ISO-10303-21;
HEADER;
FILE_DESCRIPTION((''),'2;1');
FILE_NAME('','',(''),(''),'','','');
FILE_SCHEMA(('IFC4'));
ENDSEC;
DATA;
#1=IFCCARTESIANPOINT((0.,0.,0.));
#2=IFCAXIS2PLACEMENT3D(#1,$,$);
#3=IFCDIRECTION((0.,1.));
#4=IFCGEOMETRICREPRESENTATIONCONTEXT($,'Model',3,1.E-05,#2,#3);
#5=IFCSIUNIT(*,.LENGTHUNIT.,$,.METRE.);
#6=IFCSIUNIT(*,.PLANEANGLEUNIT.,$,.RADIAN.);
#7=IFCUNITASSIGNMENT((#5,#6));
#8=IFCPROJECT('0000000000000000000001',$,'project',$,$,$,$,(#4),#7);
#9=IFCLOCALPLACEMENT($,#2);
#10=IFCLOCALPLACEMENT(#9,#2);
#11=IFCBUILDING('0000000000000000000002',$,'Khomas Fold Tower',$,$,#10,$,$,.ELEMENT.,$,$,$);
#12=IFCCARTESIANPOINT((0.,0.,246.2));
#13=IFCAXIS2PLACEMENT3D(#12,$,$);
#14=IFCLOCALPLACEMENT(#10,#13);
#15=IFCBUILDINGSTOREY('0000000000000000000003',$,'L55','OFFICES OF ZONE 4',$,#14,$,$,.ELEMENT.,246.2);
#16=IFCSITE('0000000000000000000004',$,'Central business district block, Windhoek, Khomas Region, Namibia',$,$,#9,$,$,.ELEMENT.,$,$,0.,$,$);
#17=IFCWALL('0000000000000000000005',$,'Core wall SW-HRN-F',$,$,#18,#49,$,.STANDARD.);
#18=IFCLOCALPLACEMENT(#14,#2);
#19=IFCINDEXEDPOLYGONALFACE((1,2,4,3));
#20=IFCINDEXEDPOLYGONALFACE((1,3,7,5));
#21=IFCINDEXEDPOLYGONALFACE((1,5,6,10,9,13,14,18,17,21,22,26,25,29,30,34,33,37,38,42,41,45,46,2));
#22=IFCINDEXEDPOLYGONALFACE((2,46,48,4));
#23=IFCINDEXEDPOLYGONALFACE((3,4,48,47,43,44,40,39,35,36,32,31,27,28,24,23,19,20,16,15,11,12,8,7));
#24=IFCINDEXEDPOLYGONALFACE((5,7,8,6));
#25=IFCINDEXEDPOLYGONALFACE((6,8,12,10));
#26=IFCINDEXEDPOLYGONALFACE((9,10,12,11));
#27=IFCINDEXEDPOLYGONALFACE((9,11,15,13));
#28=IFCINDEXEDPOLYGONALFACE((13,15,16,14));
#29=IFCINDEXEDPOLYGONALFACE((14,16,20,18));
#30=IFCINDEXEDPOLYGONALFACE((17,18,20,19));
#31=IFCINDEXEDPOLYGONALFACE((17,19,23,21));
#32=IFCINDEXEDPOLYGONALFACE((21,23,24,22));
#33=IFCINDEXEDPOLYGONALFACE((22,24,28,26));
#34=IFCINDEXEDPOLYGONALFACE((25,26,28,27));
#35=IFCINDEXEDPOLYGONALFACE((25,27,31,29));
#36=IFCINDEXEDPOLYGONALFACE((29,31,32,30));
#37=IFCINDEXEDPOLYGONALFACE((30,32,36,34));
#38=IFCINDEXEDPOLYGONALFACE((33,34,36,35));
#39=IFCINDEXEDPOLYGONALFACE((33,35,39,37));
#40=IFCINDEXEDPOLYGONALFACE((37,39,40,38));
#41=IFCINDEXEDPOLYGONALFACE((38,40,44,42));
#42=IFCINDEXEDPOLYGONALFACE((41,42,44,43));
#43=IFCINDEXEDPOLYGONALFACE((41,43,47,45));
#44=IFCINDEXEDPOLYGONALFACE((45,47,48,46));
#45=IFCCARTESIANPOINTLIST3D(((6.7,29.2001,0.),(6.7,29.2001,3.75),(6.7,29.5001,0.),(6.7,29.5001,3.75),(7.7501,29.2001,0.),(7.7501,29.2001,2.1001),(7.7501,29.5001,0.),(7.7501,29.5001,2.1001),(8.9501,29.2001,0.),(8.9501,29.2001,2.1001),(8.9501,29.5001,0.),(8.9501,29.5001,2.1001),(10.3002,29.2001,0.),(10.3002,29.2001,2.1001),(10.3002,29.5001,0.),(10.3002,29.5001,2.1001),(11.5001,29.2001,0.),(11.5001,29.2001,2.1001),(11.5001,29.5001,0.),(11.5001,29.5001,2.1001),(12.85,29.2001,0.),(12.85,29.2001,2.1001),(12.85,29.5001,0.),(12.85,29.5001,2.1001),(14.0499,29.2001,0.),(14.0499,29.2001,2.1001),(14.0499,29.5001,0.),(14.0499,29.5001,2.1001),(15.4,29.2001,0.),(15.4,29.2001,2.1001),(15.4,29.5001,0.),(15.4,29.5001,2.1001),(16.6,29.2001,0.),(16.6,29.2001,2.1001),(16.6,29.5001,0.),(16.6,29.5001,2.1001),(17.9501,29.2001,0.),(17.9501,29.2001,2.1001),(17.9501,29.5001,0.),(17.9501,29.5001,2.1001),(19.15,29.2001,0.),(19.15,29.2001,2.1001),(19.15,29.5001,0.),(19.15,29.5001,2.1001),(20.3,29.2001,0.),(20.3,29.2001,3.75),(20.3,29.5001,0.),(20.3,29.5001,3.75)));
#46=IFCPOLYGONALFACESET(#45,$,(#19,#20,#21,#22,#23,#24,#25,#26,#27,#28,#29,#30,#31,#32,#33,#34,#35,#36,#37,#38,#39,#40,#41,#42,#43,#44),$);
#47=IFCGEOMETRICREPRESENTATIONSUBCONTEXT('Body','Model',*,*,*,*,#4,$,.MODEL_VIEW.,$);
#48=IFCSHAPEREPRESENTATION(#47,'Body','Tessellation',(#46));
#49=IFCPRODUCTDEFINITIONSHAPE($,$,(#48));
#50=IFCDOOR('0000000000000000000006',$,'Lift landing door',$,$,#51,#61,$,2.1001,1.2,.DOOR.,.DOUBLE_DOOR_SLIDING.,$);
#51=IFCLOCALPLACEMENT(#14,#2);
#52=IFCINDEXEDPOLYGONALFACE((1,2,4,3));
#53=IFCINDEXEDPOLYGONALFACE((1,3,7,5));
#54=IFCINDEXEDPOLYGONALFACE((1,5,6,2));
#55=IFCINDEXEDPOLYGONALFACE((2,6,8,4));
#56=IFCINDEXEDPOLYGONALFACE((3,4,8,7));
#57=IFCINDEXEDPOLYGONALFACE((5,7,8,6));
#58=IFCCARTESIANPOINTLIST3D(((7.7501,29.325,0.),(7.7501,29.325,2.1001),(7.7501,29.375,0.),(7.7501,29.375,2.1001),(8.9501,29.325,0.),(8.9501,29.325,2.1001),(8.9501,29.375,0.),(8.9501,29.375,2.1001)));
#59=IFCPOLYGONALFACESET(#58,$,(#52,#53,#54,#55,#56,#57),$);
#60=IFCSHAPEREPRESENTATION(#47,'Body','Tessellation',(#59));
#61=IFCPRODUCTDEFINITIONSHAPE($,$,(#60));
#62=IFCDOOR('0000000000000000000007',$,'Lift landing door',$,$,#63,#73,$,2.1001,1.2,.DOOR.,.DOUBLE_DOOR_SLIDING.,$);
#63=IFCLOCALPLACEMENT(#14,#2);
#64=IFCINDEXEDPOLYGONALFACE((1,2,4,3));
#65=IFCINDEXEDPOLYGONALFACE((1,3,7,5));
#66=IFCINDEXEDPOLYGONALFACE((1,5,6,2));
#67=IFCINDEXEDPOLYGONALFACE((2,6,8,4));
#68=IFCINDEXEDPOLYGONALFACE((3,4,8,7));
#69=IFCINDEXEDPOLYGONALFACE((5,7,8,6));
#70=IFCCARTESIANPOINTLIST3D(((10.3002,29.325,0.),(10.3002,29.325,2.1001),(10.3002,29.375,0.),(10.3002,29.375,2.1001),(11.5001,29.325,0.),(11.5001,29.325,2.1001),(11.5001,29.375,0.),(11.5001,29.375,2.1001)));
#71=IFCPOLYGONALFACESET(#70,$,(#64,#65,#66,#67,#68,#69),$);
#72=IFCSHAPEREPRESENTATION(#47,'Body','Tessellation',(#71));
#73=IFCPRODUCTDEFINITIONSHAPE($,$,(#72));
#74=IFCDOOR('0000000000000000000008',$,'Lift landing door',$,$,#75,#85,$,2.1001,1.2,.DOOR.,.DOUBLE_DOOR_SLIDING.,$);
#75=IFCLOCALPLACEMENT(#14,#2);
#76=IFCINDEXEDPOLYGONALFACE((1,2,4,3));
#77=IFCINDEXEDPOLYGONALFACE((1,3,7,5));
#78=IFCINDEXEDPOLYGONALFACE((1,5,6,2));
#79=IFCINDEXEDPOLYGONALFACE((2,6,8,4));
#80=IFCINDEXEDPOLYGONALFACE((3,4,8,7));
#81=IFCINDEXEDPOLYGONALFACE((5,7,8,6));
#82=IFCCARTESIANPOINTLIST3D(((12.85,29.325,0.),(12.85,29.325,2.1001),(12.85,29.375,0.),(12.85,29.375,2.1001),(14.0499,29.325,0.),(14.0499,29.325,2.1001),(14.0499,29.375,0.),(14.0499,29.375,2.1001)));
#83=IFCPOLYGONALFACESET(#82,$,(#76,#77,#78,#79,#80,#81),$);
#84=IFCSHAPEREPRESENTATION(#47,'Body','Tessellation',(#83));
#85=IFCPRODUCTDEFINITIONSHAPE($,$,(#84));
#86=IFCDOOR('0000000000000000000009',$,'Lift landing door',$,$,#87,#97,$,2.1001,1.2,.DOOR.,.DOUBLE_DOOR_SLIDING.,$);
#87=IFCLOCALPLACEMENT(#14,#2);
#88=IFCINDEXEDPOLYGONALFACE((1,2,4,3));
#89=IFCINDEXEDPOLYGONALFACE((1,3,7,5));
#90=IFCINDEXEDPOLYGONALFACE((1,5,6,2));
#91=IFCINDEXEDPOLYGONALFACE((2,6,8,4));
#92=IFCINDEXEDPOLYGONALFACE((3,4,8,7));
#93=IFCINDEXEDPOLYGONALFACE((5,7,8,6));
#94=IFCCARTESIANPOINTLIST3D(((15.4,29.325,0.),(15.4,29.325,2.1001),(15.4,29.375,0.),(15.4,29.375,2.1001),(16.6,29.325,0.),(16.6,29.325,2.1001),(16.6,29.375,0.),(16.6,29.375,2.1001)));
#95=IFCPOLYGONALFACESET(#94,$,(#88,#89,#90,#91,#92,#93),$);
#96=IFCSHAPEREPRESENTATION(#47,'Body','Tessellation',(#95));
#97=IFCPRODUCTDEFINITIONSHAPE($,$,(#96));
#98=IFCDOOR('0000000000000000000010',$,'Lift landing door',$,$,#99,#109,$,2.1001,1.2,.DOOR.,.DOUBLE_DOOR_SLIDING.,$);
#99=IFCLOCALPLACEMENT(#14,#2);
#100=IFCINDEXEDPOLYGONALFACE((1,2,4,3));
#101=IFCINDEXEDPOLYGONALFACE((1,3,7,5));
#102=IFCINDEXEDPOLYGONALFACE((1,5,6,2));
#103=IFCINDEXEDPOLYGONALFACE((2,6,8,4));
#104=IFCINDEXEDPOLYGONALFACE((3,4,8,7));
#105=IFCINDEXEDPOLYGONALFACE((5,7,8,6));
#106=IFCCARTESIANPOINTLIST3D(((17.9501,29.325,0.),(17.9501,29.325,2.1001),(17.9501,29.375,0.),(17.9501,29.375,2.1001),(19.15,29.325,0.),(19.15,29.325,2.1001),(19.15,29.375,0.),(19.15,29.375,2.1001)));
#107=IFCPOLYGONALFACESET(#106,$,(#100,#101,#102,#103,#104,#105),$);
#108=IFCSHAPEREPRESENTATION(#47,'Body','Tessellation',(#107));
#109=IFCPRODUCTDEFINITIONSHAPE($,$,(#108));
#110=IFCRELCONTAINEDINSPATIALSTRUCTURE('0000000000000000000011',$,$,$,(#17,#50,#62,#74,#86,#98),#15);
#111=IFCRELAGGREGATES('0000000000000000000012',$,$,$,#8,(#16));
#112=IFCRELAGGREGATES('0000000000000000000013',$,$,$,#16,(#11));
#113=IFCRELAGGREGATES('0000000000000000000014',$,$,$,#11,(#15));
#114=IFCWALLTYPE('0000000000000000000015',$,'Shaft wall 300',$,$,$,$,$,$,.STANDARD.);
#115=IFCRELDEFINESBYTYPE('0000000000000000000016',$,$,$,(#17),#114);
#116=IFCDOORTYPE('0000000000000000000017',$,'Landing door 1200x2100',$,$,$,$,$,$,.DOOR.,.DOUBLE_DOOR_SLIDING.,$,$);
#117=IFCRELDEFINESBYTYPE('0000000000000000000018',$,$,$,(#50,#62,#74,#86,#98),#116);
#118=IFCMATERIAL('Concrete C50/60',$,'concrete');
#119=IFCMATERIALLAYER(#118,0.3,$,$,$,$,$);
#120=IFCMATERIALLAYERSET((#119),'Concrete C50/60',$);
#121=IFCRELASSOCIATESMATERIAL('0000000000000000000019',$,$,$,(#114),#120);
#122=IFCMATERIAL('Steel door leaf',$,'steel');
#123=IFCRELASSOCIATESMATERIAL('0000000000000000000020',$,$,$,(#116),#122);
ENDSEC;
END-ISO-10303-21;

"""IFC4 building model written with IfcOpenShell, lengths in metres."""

from ifc_helpers import new_model, si_unit, direction, frame, frame_2d, origin, place, context, subcontext, project, spatial, rectangle, extrude, source, transform, mapped, material, layer, layer_set, type_object, element, fill, save


model = new_model("IFC4")

# Units and contexts
model_context = context("Model", 3, precision=1e-05, world=origin(), true_north=direction((0.0, 1.0)))
body_context = subcontext(model_context, "Body", "Model", "MODEL_VIEW")
ifc_project = project(units=[si_unit("LENGTHUNIT", "METRE"), si_unit("PLANEANGLEUNIT", "RADIAN")], contexts=[model_context])

# Site, building, storey
site_placement = place(None, origin())
site = spatial("IfcSite", under=ifc_project, at=site_placement, Name="Central business district block, Windhoek, Khomas Region, Namibia", CompositionType="ELEMENT", RefElevation=0.0)
building_placement = place(site_placement, origin())
building = spatial("IfcBuilding", under=site, at=building_placement, Name="Khomas Fold Tower", CompositionType="ELEMENT")
storey_placement = place(building_placement, frame((0.0, 0.0, 246.2)))
storey = spatial("IfcBuildingStorey", under=building, at=storey_placement, Name="L55", Description="OFFICES OF ZONE 4", CompositionType="ELEMENT", Elevation=246.2)

# Shared definitions
ifc_material_1 = material(Name="Concrete C50/60", Category="concrete")
ifc_layer_1 = layer(ifc_material_1, 0.3)
ifc_layer_set_1 = layer_set([ifc_layer_1], Name="Concrete C50/60")
wall_type_1 = type_object("IfcWallType", Name="Shaft wall 300", PredefinedType="STANDARD", material=ifc_layer_set_1)
shared_shape_1 = source(origin(), body_context, "Body", "SweptSolid", [
    extrude(rectangle(XDim=13.6001, YDim=0.3, at=frame_2d((6.8, 0.0))), origin(), (0.0, 0.0, 1.0), 3.75),
])

# Wall, openings, doors
wall_1_placement = place(storey_placement, frame((6.7, 29.3501, 0.0), z_axis=(0.0, 0.0, 1.0), x_axis=(1.0, 0.0, 0.0)))
wall_1 = element("IfcWall", 1, at=wall_1_placement, inside=storey, type_object=wall_type_1, Name="Core wall SW-HRN-F", PredefinedType="STANDARD", context=body_context, shape_type="MappedRepresentation", body=[
    mapped(shared_shape_1, transform((0.0, 0.0, 0.0))),
])
shared_shape_2 = source(origin(), body_context, "Body", "SweptSolid", [
    extrude(rectangle(XDim=1.2, YDim=2.1001, at=frame_2d((0.6001, 1.05))), frame((0.0, 0.1599, 0.0), z_axis=(0.0, -1.0, 0.0), x_axis=(1.0, 0.0, 0.0)), (0.0, 0.0, 1.0), 0.3201),
])
opening_1_placement = place(wall_1_placement, frame((1.05, 0.0, 0.0)))
opening_1 = element("IfcOpeningElement", 2, at=opening_1_placement, cuts=wall_1, PredefinedType="OPENING", context=body_context, shape_type="MappedRepresentation", body=[
    mapped(shared_shape_2, transform((0.0, 0.0, 0.0))),
])
opening_2_placement = place(wall_1_placement, frame((3.6001, 0.0, 0.0)))
opening_2 = element("IfcOpeningElement", 3, at=opening_2_placement, cuts=wall_1, PredefinedType="OPENING", context=body_context, shape_type="MappedRepresentation", body=[
    mapped(shared_shape_2, transform((0.0, 0.0, 0.0))),
])
opening_3_placement = place(wall_1_placement, frame((6.1499, 0.0, 0.0)))
opening_3 = element("IfcOpeningElement", 4, at=opening_3_placement, cuts=wall_1, PredefinedType="OPENING", context=body_context, shape_type="MappedRepresentation", body=[
    mapped(shared_shape_2, transform((0.0, 0.0, 0.0))),
])
opening_4_placement = place(wall_1_placement, frame((8.7, 0.0, 0.0)))
opening_4 = element("IfcOpeningElement", 5, at=opening_4_placement, cuts=wall_1, PredefinedType="OPENING", context=body_context, shape_type="MappedRepresentation", body=[
    mapped(shared_shape_2, transform((0.0, 0.0, 0.0))),
])
opening_5_placement = place(wall_1_placement, frame((11.25, 0.0, 0.0)))
opening_5 = element("IfcOpeningElement", 6, at=opening_5_placement, cuts=wall_1, PredefinedType="OPENING", context=body_context, shape_type="MappedRepresentation", body=[
    mapped(shared_shape_2, transform((0.0, 0.0, 0.0))),
])
ifc_material_2 = material(Name="Steel door leaf", Category="steel")
door_type = type_object("IfcDoorType", Name="Landing door 1200x2100", OperationType="DOUBLE_DOOR_SLIDING", PredefinedType="DOOR", material=ifc_material_2)
shared_shape_3 = source(origin(), body_context, "Body", "SweptSolid", [
    extrude(rectangle(XDim=1.2, YDim=2.1001, at=frame_2d((0.6001, 1.05))), frame((0.0, 0.0249, 0.0), z_axis=(0.0, -1.0, 0.0), x_axis=(1.0, 0.0, 0.0)), (0.0, 0.0, 1.0), 0.05),
])
door_1_placement = place(opening_1_placement, origin())
door_1 = element("IfcDoor", 7, at=door_1_placement, inside=storey, type_object=door_type, Name="Lift landing door", OperationType="DOUBLE_DOOR_SLIDING", OverallHeight=2.1001, OverallWidth=1.2, PredefinedType="DOOR", context=body_context, shape_type="MappedRepresentation", body=[
    mapped(shared_shape_3, transform((0.0, 0.0, 0.0))),
])
fill(opening_1, door_1)
door_2_placement = place(opening_2_placement, origin())
door_2 = element("IfcDoor", 8, at=door_2_placement, inside=storey, type_object=door_type, Name="Lift landing door", OperationType="DOUBLE_DOOR_SLIDING", OverallHeight=2.1001, OverallWidth=1.2, PredefinedType="DOOR", context=body_context, shape_type="MappedRepresentation", body=[
    mapped(shared_shape_3, transform((0.0, 0.0, 0.0))),
])
fill(opening_2, door_2)
door_3_placement = place(opening_3_placement, origin())
door_3 = element("IfcDoor", 9, at=door_3_placement, inside=storey, type_object=door_type, Name="Lift landing door", OperationType="DOUBLE_DOOR_SLIDING", OverallHeight=2.1001, OverallWidth=1.2, PredefinedType="DOOR", context=body_context, shape_type="MappedRepresentation", body=[
    mapped(shared_shape_3, transform((0.0, 0.0, 0.0))),
])
fill(opening_3, door_3)
door_4_placement = place(opening_4_placement, origin())
door_4 = element("IfcDoor", 10, at=door_4_placement, inside=storey, type_object=door_type, Name="Lift landing door", OperationType="DOUBLE_DOOR_SLIDING", OverallHeight=2.1001, OverallWidth=1.2, PredefinedType="DOOR", context=body_context, shape_type="MappedRepresentation", body=[
    mapped(shared_shape_3, transform((0.0, 0.0, 0.0))),
])
fill(opening_4, door_4)
door_5_placement = place(opening_5_placement, origin())
door_5 = element("IfcDoor", 11, at=door_5_placement, inside=storey, type_object=door_type, Name="Lift landing door", OperationType="DOUBLE_DOOR_SLIDING", OverallHeight=2.1001, OverallWidth=1.2, PredefinedType="DOOR", context=body_context, shape_type="MappedRepresentation", body=[
    mapped(shared_shape_3, transform((0.0, 0.0, 0.0))),
])
fill(opening_5, door_5)

save(model, "model.ifc")
